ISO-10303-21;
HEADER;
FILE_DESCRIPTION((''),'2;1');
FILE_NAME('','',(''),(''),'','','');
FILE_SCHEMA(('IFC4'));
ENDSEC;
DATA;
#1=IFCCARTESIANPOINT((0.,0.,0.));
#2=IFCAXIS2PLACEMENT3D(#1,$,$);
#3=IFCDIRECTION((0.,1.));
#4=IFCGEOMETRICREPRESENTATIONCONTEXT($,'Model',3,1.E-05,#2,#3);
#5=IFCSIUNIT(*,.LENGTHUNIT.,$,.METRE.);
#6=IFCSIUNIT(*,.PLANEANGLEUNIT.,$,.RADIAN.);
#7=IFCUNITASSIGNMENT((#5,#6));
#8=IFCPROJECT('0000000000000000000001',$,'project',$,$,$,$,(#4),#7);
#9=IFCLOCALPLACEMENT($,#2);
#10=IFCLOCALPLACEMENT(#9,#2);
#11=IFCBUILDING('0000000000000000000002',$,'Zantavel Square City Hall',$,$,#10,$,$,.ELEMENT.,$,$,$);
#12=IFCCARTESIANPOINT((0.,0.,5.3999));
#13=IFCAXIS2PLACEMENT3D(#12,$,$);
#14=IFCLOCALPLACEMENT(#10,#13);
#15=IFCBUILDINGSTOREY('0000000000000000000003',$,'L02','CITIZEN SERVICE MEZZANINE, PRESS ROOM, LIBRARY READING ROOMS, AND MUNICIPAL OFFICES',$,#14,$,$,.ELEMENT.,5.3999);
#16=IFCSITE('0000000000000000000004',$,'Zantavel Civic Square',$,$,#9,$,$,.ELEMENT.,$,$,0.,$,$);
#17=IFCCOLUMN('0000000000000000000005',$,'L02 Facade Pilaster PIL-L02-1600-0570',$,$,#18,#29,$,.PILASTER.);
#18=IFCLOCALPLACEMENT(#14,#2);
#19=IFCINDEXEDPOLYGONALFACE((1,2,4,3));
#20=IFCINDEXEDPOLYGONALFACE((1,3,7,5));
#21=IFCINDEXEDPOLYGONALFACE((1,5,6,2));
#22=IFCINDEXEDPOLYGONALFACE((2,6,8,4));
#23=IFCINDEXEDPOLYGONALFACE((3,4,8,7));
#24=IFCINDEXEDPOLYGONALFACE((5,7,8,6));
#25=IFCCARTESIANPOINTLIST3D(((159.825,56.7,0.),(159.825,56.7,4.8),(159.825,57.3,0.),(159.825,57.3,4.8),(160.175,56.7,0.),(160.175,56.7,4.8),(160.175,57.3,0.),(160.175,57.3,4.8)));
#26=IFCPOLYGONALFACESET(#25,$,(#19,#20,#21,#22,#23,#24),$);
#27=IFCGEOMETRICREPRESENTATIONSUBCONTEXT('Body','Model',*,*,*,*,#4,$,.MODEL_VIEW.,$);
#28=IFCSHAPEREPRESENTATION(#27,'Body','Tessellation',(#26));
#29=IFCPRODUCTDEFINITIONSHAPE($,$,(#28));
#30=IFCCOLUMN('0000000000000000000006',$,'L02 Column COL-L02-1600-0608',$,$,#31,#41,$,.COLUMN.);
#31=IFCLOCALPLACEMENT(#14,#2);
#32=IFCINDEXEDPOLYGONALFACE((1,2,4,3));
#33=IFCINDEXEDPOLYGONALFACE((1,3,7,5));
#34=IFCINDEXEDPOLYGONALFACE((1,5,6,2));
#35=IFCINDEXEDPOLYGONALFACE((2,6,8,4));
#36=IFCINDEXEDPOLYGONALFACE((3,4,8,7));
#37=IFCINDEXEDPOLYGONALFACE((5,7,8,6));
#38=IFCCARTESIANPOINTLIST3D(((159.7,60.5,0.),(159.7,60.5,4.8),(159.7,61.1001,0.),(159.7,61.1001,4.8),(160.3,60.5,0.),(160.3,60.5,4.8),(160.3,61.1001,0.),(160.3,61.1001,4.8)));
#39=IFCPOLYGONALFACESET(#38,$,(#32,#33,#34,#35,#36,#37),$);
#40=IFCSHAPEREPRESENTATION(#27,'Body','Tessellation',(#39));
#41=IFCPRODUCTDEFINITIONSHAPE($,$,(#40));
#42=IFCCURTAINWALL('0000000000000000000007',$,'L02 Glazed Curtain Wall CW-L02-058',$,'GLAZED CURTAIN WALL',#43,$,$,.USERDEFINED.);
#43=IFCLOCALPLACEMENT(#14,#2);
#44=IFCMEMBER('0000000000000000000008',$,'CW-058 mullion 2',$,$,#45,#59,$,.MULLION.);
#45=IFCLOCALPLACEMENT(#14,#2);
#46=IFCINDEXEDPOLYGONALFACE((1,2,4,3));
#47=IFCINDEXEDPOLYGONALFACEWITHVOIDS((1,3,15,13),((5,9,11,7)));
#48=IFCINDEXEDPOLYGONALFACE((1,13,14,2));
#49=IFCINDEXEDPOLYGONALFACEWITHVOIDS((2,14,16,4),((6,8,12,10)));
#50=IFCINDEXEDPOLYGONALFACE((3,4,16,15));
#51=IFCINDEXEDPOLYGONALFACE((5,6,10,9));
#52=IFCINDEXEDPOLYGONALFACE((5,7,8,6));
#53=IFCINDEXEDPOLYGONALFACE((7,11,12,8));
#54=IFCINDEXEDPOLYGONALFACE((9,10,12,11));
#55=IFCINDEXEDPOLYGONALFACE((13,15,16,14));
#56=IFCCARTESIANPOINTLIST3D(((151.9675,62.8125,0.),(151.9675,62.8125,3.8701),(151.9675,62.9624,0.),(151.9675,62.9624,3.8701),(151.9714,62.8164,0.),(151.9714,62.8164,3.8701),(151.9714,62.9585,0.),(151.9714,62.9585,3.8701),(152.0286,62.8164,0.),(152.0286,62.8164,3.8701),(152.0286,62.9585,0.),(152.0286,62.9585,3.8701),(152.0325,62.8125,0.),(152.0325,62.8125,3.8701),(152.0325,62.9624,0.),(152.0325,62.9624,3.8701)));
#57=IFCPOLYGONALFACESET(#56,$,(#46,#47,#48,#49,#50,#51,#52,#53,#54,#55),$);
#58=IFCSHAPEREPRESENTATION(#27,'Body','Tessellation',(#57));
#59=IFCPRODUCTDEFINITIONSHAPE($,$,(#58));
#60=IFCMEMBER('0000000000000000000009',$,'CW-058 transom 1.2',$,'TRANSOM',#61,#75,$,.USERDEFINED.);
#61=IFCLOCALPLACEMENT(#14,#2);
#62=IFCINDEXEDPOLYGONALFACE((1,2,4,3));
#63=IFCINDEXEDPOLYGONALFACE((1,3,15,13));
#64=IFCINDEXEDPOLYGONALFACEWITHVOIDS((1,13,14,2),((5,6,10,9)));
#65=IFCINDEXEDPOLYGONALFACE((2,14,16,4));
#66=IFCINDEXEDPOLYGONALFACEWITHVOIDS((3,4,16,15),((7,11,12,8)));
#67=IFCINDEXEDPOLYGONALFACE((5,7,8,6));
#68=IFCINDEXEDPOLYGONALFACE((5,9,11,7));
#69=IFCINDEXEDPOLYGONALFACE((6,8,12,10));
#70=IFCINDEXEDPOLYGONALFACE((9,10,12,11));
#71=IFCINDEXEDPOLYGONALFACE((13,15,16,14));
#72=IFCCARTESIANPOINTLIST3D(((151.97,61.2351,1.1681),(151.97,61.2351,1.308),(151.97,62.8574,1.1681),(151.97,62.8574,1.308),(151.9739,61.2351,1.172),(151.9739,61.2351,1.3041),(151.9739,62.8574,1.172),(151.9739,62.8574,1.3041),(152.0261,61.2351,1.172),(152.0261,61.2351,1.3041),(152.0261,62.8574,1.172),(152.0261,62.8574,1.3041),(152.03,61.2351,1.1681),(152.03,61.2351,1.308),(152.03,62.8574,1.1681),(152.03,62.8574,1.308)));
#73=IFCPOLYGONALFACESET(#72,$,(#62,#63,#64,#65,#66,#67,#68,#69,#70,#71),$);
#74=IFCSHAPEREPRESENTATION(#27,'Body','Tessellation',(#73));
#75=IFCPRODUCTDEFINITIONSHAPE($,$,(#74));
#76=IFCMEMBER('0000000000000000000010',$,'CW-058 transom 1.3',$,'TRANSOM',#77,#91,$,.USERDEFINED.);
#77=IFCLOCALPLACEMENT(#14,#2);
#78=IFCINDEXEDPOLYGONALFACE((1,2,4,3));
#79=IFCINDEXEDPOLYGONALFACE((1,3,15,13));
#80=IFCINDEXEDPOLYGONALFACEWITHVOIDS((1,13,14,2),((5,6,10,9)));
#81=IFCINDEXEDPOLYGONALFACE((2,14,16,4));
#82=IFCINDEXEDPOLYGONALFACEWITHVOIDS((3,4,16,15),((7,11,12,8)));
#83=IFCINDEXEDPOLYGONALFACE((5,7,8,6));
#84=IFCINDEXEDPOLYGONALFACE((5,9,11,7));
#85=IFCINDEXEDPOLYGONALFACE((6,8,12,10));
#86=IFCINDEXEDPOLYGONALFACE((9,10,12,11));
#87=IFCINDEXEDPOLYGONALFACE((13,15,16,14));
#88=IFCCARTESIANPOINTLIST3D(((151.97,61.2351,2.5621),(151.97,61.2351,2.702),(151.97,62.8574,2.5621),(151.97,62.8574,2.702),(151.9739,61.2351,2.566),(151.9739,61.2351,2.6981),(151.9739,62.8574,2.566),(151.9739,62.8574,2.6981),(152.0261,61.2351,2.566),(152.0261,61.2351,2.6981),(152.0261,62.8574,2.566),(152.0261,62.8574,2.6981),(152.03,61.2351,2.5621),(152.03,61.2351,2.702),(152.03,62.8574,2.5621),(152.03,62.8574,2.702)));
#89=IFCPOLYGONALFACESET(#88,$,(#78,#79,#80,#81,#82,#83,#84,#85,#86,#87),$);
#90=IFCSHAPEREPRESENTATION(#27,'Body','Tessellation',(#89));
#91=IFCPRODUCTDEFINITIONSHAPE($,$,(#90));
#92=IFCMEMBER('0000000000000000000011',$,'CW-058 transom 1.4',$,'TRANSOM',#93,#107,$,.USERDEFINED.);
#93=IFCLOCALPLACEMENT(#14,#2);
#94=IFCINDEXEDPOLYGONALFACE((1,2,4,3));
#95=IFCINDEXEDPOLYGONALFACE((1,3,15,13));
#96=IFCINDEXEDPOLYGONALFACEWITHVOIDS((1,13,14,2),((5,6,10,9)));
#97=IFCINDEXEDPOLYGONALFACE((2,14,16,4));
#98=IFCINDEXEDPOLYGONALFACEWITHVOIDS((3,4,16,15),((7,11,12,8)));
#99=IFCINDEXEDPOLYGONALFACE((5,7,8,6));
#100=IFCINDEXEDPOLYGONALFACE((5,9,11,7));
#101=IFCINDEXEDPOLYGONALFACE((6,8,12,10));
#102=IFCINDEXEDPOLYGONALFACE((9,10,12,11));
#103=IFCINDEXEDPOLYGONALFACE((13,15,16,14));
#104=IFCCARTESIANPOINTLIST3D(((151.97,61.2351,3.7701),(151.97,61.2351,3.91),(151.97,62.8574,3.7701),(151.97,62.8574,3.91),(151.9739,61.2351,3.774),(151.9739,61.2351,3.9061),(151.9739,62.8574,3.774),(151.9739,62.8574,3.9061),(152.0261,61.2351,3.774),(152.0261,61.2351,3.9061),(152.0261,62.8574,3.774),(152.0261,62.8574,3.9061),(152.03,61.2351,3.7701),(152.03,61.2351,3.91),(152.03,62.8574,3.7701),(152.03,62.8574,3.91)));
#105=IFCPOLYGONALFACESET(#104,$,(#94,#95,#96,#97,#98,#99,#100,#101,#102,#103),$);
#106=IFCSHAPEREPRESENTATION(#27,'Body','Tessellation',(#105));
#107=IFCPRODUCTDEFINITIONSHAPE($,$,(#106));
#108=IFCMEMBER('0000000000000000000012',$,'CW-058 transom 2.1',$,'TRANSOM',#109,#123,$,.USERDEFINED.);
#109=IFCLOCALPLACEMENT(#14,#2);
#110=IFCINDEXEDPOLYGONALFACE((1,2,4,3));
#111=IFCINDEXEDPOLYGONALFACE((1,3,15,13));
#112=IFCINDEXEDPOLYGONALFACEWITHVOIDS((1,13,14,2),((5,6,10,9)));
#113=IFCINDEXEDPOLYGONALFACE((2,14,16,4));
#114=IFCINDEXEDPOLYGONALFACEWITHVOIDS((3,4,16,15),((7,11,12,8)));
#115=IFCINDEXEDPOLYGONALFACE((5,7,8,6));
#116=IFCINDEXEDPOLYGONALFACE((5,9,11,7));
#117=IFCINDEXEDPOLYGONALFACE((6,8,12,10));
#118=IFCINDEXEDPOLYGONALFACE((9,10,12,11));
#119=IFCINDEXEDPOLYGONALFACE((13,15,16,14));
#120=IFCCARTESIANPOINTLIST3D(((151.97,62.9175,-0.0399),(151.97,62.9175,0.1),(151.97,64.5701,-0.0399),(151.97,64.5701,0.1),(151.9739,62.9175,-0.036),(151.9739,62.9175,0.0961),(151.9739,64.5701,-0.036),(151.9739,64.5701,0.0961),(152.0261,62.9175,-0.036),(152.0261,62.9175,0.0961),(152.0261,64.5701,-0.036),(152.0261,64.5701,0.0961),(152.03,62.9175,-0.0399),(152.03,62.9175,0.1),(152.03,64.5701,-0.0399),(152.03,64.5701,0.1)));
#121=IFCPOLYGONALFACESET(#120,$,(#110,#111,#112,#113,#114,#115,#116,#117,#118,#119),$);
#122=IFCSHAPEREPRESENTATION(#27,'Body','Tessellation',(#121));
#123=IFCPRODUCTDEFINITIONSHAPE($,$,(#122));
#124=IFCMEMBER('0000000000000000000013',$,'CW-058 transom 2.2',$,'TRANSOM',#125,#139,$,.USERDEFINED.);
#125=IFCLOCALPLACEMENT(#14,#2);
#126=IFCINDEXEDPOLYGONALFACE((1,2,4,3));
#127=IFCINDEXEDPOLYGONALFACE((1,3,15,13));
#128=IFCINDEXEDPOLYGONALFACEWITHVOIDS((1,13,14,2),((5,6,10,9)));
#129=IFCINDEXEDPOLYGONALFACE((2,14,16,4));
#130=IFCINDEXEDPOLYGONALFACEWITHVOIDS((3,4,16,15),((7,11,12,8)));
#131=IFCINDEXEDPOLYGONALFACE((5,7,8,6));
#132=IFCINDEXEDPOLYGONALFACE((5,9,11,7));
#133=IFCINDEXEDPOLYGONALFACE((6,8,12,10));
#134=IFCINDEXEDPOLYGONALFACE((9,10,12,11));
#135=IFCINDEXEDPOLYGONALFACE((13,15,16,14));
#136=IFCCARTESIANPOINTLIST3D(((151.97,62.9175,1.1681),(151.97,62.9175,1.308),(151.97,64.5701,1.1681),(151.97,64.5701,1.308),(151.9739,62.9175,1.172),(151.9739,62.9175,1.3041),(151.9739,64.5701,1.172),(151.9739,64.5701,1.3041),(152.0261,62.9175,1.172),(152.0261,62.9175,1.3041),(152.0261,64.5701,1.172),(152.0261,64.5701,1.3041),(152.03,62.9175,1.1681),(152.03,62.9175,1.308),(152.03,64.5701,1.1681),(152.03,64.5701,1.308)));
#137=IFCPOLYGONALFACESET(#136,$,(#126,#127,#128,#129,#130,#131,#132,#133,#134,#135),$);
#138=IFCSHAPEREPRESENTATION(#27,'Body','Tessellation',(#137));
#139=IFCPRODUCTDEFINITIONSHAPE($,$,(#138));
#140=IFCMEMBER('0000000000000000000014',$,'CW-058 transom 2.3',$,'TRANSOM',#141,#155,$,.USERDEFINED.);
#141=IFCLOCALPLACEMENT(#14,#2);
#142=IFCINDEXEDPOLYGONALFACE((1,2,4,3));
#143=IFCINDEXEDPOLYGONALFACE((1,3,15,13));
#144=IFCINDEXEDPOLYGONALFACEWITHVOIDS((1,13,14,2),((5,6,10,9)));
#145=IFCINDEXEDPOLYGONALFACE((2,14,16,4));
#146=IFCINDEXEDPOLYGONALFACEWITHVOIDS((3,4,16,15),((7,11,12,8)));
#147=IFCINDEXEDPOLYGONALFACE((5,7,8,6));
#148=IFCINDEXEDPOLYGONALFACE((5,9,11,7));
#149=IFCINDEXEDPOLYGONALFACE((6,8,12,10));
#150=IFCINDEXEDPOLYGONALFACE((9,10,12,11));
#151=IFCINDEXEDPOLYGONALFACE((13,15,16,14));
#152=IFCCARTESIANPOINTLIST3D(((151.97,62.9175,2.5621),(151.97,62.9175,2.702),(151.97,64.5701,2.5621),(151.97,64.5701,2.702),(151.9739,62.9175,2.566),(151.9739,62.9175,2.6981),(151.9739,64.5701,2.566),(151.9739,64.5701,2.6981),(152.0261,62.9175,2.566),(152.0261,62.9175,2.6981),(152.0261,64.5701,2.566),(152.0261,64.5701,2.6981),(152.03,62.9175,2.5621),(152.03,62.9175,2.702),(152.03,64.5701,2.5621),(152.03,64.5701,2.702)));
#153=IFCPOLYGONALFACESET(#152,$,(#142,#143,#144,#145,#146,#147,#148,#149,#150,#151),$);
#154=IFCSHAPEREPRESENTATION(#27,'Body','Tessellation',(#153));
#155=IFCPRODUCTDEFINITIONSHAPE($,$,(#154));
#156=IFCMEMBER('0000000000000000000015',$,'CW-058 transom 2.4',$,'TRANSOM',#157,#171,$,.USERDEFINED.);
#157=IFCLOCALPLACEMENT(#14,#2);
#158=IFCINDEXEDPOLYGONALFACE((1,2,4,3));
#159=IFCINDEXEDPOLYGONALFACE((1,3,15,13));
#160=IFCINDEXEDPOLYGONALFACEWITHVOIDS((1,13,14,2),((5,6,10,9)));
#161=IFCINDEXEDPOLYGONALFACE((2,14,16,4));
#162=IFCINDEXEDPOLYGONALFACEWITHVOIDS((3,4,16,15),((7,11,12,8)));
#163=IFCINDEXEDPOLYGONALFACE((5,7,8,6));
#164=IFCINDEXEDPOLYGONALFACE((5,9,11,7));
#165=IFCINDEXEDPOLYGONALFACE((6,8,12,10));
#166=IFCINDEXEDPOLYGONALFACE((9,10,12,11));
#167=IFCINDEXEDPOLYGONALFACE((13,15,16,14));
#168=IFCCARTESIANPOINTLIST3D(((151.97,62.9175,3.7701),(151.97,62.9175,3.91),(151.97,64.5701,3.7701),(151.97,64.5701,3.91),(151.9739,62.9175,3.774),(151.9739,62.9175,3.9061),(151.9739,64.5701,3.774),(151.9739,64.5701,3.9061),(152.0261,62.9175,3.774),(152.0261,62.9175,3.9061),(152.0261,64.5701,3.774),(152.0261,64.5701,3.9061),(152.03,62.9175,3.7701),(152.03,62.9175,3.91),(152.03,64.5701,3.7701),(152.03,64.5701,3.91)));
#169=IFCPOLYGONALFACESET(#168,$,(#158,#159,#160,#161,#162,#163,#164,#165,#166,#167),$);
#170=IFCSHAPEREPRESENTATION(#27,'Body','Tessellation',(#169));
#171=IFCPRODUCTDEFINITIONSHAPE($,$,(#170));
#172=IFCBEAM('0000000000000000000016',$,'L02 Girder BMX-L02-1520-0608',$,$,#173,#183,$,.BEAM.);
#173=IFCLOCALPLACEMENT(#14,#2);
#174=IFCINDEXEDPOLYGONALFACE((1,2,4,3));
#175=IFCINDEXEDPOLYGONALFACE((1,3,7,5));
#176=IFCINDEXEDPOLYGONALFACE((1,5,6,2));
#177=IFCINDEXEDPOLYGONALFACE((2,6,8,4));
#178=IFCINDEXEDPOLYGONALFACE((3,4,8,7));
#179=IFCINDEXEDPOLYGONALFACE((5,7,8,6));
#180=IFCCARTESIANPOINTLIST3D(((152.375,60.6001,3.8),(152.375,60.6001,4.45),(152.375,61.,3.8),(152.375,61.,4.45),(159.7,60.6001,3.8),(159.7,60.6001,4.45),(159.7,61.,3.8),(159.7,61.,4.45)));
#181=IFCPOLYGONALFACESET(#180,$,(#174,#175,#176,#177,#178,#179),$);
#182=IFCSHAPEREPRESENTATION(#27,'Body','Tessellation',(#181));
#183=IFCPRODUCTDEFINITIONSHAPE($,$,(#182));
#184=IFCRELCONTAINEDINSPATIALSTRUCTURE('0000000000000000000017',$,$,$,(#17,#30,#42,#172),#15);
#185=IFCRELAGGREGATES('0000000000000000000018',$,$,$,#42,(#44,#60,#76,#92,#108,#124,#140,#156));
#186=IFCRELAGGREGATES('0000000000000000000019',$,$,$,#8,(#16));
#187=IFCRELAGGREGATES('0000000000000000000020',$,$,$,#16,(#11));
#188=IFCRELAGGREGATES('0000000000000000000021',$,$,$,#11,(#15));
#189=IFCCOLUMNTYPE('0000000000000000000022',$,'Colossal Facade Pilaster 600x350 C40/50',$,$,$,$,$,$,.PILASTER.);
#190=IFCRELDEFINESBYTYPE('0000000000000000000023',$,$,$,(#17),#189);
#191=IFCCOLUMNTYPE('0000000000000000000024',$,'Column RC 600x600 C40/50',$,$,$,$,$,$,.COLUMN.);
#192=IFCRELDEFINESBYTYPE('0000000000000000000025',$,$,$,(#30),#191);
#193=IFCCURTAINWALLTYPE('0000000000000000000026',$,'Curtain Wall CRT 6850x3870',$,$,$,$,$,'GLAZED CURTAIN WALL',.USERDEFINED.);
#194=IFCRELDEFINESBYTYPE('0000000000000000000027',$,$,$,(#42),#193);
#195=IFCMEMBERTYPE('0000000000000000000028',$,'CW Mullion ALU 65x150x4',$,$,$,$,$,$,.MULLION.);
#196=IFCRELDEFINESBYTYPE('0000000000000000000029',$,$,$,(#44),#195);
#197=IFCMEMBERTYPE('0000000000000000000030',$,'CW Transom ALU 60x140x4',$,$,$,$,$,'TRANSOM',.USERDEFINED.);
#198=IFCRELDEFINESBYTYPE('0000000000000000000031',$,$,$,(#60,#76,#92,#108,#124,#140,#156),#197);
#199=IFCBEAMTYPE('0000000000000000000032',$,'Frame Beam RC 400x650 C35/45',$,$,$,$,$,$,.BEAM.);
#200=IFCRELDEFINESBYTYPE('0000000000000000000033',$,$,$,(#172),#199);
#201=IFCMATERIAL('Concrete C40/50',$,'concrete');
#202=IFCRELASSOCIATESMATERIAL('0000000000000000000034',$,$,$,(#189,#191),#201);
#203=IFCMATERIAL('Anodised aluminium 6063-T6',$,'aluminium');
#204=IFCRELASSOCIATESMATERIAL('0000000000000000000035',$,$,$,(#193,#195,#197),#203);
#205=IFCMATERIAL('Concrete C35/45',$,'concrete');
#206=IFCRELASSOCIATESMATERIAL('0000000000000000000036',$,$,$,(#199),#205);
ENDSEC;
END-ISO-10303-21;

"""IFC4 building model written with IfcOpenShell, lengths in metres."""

from ifc_helpers import new_model, si_unit, direction, frame, origin, origin_2d, place, context, subcontext, project, spatial, rectangle, hollow_rectangle, extrude, material, material_profile, profile_set, type_object, element, aggregate, save


model = new_model("IFC4")

# Units and contexts
model_context = context("Model", 3, precision=1e-05, world=origin(), true_north=direction((0.0, 1.0)))
body_context = subcontext(model_context, "Body", "Model", "MODEL_VIEW")
ifc_project = project(units=[si_unit("LENGTHUNIT", "METRE"), si_unit("PLANEANGLEUNIT", "RADIAN")], contexts=[model_context])

# Site, building, storey
site_placement = place(None, origin())
site = spatial("IfcSite", under=ifc_project, at=site_placement, Name="Zantavel Civic Square", CompositionType="ELEMENT", RefElevation=0.0)
building_placement = place(site_placement, origin())
building = spatial("IfcBuilding", under=site, at=building_placement, Name="Zantavel Square City Hall", CompositionType="ELEMENT")
storey_placement = place(building_placement, frame((0.0, 0.0, 5.3999)))
storey = spatial("IfcBuildingStorey", under=building, at=storey_placement, Name="L02", Description="CITIZEN SERVICE MEZZANINE, PRESS ROOM, LIBRARY READING ROOMS, AND MUNICIPAL OFFICES", CompositionType="ELEMENT", Elevation=5.3999)

# Columns
ifc_material_1 = material(Name="Concrete C40/50", Category="concrete")
ifc_material_profile_1 = material_profile(ifc_material_1, rectangle(XDim=0.6001, YDim=0.3501, at=origin_2d()), Name="RC 600x350")
ifc_profile_set_1 = profile_set([ifc_material_profile_1], Name="Concrete C40/50")
column_type_1 = type_object("IfcColumnType", Name="Colossal Facade Pilaster 600x350 C40/50", PredefinedType="PILASTER", material=ifc_profile_set_1)
column_1_placement = place(storey_placement, frame((160.0, 57.0, 0.0), z_axis=(0.0, 0.0, 1.0), x_axis=(0.0, 1.0, 0.0)))
element("IfcColumn", 1, at=column_1_placement, inside=storey, type_object=column_type_1, Name="L02 Facade Pilaster PIL-L02-1600-0570", PredefinedType="PILASTER", context=body_context, shape_type="SweptSolid", body=[
    extrude(rectangle(XDim=0.6001, YDim=0.3501, at=origin_2d()), origin(), (0.0, 0.0, 1.0), 4.8),
])
ifc_material_profile_2 = material_profile(ifc_material_1, rectangle(XDim=0.6001, YDim=0.6001, at=origin_2d()), Name="RC 600x600")
ifc_profile_set_2 = profile_set([ifc_material_profile_2], Name="Concrete C40/50")
column_type_2 = type_object("IfcColumnType", Name="Column RC 600x600 C40/50", PredefinedType="COLUMN", material=ifc_profile_set_2)
column_2_placement = place(storey_placement, frame((160.0, 60.8, 0.0), z_axis=(0.0, 0.0, 1.0), x_axis=(1.0, 0.0, 0.0)))
element("IfcColumn", 2, at=column_2_placement, inside=storey, type_object=column_type_2, Name="L02 Column COL-L02-1600-0608", PredefinedType="COLUMN", context=body_context, shape_type="SweptSolid", body=[
    extrude(rectangle(XDim=0.6001, YDim=0.6001, at=origin_2d()), origin(), (0.0, 0.0, 1.0), 4.8),
])

# Curtain wall, members
ifc_material_2 = material(Name="Anodised aluminium 6063-T6", Category="aluminium")
curtain_wall_type = type_object("IfcCurtainWallType", Name="Curtain Wall CRT 6850x3870", ElementType="GLAZED CURTAIN WALL", PredefinedType="USERDEFINED", material=ifc_material_2)
curtain_wall_placement = place(storey_placement, origin())
curtain_wall = element("IfcCurtainWall", 3, at=curtain_wall_placement, inside=storey, type_object=curtain_wall_type, Name="L02 Glazed Curtain Wall CW-L02-058", ObjectType="GLAZED CURTAIN WALL", PredefinedType="USERDEFINED")
ifc_material_profile_3 = material_profile(ifc_material_2, hollow_rectangle(XDim=0.0649, YDim=0.1499, WallThickness=0.0039, at=origin_2d()), Name="ALU 65x150x4")
ifc_profile_set_3 = profile_set([ifc_material_profile_3], Name="Anodised aluminium 6063-T6")
member_type_1 = type_object("IfcMemberType", Name="CW Mullion ALU 65x150x4", PredefinedType="MULLION", material=ifc_profile_set_3)
member_1_placement = place(storey_placement, frame((152.0, 62.8875, 0.0), z_axis=(0.0, 0.0, 1.0), x_axis=(-1.0, 0.0, 0.0)))
member_1 = element("IfcMember", 4, at=member_1_placement, type_object=member_type_1, Name="CW-058 mullion 2", PredefinedType="MULLION", context=body_context, shape_type="SweptSolid", body=[
    extrude(hollow_rectangle(XDim=0.0649, YDim=0.1499, WallThickness=0.0039, at=origin_2d()), origin(), (0.0, 0.0, 1.0), 3.8701),
])
ifc_material_profile_4 = material_profile(ifc_material_2, hollow_rectangle(XDim=0.0601, YDim=0.1399, WallThickness=0.0039, at=origin_2d()), Name="ALU 60x140x4")
ifc_profile_set_4 = profile_set([ifc_material_profile_4], Name="Anodised aluminium 6063-T6")
member_type_2 = type_object("IfcMemberType", Name="CW Transom ALU 60x140x4", ElementType="TRANSOM", PredefinedType="USERDEFINED", material=ifc_profile_set_4)
member_2_placement = place(storey_placement, frame((152.0, 61.2351, 1.238), z_axis=(0.0, 1.0, 0.0), x_axis=(-1.0, 0.0, 0.0)))
member_2 = element("IfcMember", 5, at=member_2_placement, type_object=member_type_2, Name="CW-058 transom 1.2", ObjectType="TRANSOM", PredefinedType="USERDEFINED", context=body_context, shape_type="SweptSolid", body=[
    extrude(hollow_rectangle(XDim=0.0601, YDim=0.1399, WallThickness=0.0039, at=origin_2d()), origin(), (0.0, 0.0, 1.0), 1.6223),
])
member_3_placement = place(storey_placement, frame((152.0, 61.2351, 2.6321), z_axis=(0.0, 1.0, 0.0), x_axis=(-1.0, 0.0, 0.0)))
member_3 = element("IfcMember", 6, at=member_3_placement, type_object=member_type_2, Name="CW-058 transom 1.3", ObjectType="TRANSOM", PredefinedType="USERDEFINED", context=body_context, shape_type="SweptSolid", body=[
    extrude(hollow_rectangle(XDim=0.0601, YDim=0.1399, WallThickness=0.0039, at=origin_2d()), origin(), (0.0, 0.0, 1.0), 1.6223),
])
member_4_placement = place(storey_placement, frame((152.0, 61.2351, 3.8401), z_axis=(0.0, 1.0, 0.0), x_axis=(-1.0, 0.0, 0.0)))
member_4 = element("IfcMember", 7, at=member_4_placement, type_object=member_type_2, Name="CW-058 transom 1.4", ObjectType="TRANSOM", PredefinedType="USERDEFINED", context=body_context, shape_type="SweptSolid", body=[
    extrude(hollow_rectangle(XDim=0.0601, YDim=0.1399, WallThickness=0.0039, at=origin_2d()), origin(), (0.0, 0.0, 1.0), 1.6223),
])
member_5_placement = place(storey_placement, frame((152.0, 62.9175, 0.03), z_axis=(0.0, 1.0, 0.0), x_axis=(-1.0, 0.0, 0.0)))
member_5 = element("IfcMember", 8, at=member_5_placement, type_object=member_type_2, Name="CW-058 transom 2.1", ObjectType="TRANSOM", PredefinedType="USERDEFINED", context=body_context, shape_type="SweptSolid", body=[
    extrude(hollow_rectangle(XDim=0.0601, YDim=0.1399, WallThickness=0.0039, at=origin_2d()), origin(), (0.0, 0.0, 1.0), 1.6526),
])
member_6_placement = place(storey_placement, frame((152.0, 62.9175, 1.238), z_axis=(0.0, 1.0, 0.0), x_axis=(-1.0, 0.0, 0.0)))
member_6 = element("IfcMember", 9, at=member_6_placement, type_object=member_type_2, Name="CW-058 transom 2.2", ObjectType="TRANSOM", PredefinedType="USERDEFINED", context=body_context, shape_type="SweptSolid", body=[
    extrude(hollow_rectangle(XDim=0.0601, YDim=0.1399, WallThickness=0.0039, at=origin_2d()), origin(), (0.0, 0.0, 1.0), 1.6526),
])
member_7_placement = place(storey_placement, frame((152.0, 62.9175, 2.6321), z_axis=(0.0, 1.0, 0.0), x_axis=(-1.0, 0.0, 0.0)))
member_7 = element("IfcMember", 10, at=member_7_placement, type_object=member_type_2, Name="CW-058 transom 2.3", ObjectType="TRANSOM", PredefinedType="USERDEFINED", context=body_context, shape_type="SweptSolid", body=[
    extrude(hollow_rectangle(XDim=0.0601, YDim=0.1399, WallThickness=0.0039, at=origin_2d()), origin(), (0.0, 0.0, 1.0), 1.6526),
])
member_8_placement = place(storey_placement, frame((152.0, 62.9175, 3.8401), z_axis=(0.0, 1.0, 0.0), x_axis=(-1.0, 0.0, 0.0)))
member_8 = element("IfcMember", 11, at=member_8_placement, type_object=member_type_2, Name="CW-058 transom 2.4", ObjectType="TRANSOM", PredefinedType="USERDEFINED", context=body_context, shape_type="SweptSolid", body=[
    extrude(hollow_rectangle(XDim=0.0601, YDim=0.1399, WallThickness=0.0039, at=origin_2d()), origin(), (0.0, 0.0, 1.0), 1.6526),
])

# Beam
ifc_material_3 = material(Name="Concrete C35/45", Category="concrete")
ifc_material_profile_5 = material_profile(ifc_material_3, rectangle(XDim=0.3999, YDim=0.6499, at=origin_2d()), Name="RC 400x650")
ifc_profile_set_5 = profile_set([ifc_material_profile_5], Name="Concrete C35/45")
beam_type_1 = type_object("IfcBeamType", Name="Frame Beam RC 400x650 C35/45", PredefinedType="BEAM", material=ifc_profile_set_5)
beam_1_placement = place(storey_placement, frame((152.375, 60.8, 4.125), z_axis=(1.0, 0.0, 0.0), x_axis=(0.0, 1.0, 0.0)))
element("IfcBeam", 12, at=beam_1_placement, inside=storey, type_object=beam_type_1, Name="L02 Girder BMX-L02-1520-0608", PredefinedType="BEAM", context=body_context, shape_type="SweptSolid", body=[
    extrude(rectangle(XDim=0.3999, YDim=0.6499, at=origin_2d()), origin(), (0.0, 0.0, 1.0), 7.325),
])

aggregate(curtain_wall, [member_1, member_2, member_3, member_4, member_5, member_6, member_7, member_8])

save(model, "model.ifc")
